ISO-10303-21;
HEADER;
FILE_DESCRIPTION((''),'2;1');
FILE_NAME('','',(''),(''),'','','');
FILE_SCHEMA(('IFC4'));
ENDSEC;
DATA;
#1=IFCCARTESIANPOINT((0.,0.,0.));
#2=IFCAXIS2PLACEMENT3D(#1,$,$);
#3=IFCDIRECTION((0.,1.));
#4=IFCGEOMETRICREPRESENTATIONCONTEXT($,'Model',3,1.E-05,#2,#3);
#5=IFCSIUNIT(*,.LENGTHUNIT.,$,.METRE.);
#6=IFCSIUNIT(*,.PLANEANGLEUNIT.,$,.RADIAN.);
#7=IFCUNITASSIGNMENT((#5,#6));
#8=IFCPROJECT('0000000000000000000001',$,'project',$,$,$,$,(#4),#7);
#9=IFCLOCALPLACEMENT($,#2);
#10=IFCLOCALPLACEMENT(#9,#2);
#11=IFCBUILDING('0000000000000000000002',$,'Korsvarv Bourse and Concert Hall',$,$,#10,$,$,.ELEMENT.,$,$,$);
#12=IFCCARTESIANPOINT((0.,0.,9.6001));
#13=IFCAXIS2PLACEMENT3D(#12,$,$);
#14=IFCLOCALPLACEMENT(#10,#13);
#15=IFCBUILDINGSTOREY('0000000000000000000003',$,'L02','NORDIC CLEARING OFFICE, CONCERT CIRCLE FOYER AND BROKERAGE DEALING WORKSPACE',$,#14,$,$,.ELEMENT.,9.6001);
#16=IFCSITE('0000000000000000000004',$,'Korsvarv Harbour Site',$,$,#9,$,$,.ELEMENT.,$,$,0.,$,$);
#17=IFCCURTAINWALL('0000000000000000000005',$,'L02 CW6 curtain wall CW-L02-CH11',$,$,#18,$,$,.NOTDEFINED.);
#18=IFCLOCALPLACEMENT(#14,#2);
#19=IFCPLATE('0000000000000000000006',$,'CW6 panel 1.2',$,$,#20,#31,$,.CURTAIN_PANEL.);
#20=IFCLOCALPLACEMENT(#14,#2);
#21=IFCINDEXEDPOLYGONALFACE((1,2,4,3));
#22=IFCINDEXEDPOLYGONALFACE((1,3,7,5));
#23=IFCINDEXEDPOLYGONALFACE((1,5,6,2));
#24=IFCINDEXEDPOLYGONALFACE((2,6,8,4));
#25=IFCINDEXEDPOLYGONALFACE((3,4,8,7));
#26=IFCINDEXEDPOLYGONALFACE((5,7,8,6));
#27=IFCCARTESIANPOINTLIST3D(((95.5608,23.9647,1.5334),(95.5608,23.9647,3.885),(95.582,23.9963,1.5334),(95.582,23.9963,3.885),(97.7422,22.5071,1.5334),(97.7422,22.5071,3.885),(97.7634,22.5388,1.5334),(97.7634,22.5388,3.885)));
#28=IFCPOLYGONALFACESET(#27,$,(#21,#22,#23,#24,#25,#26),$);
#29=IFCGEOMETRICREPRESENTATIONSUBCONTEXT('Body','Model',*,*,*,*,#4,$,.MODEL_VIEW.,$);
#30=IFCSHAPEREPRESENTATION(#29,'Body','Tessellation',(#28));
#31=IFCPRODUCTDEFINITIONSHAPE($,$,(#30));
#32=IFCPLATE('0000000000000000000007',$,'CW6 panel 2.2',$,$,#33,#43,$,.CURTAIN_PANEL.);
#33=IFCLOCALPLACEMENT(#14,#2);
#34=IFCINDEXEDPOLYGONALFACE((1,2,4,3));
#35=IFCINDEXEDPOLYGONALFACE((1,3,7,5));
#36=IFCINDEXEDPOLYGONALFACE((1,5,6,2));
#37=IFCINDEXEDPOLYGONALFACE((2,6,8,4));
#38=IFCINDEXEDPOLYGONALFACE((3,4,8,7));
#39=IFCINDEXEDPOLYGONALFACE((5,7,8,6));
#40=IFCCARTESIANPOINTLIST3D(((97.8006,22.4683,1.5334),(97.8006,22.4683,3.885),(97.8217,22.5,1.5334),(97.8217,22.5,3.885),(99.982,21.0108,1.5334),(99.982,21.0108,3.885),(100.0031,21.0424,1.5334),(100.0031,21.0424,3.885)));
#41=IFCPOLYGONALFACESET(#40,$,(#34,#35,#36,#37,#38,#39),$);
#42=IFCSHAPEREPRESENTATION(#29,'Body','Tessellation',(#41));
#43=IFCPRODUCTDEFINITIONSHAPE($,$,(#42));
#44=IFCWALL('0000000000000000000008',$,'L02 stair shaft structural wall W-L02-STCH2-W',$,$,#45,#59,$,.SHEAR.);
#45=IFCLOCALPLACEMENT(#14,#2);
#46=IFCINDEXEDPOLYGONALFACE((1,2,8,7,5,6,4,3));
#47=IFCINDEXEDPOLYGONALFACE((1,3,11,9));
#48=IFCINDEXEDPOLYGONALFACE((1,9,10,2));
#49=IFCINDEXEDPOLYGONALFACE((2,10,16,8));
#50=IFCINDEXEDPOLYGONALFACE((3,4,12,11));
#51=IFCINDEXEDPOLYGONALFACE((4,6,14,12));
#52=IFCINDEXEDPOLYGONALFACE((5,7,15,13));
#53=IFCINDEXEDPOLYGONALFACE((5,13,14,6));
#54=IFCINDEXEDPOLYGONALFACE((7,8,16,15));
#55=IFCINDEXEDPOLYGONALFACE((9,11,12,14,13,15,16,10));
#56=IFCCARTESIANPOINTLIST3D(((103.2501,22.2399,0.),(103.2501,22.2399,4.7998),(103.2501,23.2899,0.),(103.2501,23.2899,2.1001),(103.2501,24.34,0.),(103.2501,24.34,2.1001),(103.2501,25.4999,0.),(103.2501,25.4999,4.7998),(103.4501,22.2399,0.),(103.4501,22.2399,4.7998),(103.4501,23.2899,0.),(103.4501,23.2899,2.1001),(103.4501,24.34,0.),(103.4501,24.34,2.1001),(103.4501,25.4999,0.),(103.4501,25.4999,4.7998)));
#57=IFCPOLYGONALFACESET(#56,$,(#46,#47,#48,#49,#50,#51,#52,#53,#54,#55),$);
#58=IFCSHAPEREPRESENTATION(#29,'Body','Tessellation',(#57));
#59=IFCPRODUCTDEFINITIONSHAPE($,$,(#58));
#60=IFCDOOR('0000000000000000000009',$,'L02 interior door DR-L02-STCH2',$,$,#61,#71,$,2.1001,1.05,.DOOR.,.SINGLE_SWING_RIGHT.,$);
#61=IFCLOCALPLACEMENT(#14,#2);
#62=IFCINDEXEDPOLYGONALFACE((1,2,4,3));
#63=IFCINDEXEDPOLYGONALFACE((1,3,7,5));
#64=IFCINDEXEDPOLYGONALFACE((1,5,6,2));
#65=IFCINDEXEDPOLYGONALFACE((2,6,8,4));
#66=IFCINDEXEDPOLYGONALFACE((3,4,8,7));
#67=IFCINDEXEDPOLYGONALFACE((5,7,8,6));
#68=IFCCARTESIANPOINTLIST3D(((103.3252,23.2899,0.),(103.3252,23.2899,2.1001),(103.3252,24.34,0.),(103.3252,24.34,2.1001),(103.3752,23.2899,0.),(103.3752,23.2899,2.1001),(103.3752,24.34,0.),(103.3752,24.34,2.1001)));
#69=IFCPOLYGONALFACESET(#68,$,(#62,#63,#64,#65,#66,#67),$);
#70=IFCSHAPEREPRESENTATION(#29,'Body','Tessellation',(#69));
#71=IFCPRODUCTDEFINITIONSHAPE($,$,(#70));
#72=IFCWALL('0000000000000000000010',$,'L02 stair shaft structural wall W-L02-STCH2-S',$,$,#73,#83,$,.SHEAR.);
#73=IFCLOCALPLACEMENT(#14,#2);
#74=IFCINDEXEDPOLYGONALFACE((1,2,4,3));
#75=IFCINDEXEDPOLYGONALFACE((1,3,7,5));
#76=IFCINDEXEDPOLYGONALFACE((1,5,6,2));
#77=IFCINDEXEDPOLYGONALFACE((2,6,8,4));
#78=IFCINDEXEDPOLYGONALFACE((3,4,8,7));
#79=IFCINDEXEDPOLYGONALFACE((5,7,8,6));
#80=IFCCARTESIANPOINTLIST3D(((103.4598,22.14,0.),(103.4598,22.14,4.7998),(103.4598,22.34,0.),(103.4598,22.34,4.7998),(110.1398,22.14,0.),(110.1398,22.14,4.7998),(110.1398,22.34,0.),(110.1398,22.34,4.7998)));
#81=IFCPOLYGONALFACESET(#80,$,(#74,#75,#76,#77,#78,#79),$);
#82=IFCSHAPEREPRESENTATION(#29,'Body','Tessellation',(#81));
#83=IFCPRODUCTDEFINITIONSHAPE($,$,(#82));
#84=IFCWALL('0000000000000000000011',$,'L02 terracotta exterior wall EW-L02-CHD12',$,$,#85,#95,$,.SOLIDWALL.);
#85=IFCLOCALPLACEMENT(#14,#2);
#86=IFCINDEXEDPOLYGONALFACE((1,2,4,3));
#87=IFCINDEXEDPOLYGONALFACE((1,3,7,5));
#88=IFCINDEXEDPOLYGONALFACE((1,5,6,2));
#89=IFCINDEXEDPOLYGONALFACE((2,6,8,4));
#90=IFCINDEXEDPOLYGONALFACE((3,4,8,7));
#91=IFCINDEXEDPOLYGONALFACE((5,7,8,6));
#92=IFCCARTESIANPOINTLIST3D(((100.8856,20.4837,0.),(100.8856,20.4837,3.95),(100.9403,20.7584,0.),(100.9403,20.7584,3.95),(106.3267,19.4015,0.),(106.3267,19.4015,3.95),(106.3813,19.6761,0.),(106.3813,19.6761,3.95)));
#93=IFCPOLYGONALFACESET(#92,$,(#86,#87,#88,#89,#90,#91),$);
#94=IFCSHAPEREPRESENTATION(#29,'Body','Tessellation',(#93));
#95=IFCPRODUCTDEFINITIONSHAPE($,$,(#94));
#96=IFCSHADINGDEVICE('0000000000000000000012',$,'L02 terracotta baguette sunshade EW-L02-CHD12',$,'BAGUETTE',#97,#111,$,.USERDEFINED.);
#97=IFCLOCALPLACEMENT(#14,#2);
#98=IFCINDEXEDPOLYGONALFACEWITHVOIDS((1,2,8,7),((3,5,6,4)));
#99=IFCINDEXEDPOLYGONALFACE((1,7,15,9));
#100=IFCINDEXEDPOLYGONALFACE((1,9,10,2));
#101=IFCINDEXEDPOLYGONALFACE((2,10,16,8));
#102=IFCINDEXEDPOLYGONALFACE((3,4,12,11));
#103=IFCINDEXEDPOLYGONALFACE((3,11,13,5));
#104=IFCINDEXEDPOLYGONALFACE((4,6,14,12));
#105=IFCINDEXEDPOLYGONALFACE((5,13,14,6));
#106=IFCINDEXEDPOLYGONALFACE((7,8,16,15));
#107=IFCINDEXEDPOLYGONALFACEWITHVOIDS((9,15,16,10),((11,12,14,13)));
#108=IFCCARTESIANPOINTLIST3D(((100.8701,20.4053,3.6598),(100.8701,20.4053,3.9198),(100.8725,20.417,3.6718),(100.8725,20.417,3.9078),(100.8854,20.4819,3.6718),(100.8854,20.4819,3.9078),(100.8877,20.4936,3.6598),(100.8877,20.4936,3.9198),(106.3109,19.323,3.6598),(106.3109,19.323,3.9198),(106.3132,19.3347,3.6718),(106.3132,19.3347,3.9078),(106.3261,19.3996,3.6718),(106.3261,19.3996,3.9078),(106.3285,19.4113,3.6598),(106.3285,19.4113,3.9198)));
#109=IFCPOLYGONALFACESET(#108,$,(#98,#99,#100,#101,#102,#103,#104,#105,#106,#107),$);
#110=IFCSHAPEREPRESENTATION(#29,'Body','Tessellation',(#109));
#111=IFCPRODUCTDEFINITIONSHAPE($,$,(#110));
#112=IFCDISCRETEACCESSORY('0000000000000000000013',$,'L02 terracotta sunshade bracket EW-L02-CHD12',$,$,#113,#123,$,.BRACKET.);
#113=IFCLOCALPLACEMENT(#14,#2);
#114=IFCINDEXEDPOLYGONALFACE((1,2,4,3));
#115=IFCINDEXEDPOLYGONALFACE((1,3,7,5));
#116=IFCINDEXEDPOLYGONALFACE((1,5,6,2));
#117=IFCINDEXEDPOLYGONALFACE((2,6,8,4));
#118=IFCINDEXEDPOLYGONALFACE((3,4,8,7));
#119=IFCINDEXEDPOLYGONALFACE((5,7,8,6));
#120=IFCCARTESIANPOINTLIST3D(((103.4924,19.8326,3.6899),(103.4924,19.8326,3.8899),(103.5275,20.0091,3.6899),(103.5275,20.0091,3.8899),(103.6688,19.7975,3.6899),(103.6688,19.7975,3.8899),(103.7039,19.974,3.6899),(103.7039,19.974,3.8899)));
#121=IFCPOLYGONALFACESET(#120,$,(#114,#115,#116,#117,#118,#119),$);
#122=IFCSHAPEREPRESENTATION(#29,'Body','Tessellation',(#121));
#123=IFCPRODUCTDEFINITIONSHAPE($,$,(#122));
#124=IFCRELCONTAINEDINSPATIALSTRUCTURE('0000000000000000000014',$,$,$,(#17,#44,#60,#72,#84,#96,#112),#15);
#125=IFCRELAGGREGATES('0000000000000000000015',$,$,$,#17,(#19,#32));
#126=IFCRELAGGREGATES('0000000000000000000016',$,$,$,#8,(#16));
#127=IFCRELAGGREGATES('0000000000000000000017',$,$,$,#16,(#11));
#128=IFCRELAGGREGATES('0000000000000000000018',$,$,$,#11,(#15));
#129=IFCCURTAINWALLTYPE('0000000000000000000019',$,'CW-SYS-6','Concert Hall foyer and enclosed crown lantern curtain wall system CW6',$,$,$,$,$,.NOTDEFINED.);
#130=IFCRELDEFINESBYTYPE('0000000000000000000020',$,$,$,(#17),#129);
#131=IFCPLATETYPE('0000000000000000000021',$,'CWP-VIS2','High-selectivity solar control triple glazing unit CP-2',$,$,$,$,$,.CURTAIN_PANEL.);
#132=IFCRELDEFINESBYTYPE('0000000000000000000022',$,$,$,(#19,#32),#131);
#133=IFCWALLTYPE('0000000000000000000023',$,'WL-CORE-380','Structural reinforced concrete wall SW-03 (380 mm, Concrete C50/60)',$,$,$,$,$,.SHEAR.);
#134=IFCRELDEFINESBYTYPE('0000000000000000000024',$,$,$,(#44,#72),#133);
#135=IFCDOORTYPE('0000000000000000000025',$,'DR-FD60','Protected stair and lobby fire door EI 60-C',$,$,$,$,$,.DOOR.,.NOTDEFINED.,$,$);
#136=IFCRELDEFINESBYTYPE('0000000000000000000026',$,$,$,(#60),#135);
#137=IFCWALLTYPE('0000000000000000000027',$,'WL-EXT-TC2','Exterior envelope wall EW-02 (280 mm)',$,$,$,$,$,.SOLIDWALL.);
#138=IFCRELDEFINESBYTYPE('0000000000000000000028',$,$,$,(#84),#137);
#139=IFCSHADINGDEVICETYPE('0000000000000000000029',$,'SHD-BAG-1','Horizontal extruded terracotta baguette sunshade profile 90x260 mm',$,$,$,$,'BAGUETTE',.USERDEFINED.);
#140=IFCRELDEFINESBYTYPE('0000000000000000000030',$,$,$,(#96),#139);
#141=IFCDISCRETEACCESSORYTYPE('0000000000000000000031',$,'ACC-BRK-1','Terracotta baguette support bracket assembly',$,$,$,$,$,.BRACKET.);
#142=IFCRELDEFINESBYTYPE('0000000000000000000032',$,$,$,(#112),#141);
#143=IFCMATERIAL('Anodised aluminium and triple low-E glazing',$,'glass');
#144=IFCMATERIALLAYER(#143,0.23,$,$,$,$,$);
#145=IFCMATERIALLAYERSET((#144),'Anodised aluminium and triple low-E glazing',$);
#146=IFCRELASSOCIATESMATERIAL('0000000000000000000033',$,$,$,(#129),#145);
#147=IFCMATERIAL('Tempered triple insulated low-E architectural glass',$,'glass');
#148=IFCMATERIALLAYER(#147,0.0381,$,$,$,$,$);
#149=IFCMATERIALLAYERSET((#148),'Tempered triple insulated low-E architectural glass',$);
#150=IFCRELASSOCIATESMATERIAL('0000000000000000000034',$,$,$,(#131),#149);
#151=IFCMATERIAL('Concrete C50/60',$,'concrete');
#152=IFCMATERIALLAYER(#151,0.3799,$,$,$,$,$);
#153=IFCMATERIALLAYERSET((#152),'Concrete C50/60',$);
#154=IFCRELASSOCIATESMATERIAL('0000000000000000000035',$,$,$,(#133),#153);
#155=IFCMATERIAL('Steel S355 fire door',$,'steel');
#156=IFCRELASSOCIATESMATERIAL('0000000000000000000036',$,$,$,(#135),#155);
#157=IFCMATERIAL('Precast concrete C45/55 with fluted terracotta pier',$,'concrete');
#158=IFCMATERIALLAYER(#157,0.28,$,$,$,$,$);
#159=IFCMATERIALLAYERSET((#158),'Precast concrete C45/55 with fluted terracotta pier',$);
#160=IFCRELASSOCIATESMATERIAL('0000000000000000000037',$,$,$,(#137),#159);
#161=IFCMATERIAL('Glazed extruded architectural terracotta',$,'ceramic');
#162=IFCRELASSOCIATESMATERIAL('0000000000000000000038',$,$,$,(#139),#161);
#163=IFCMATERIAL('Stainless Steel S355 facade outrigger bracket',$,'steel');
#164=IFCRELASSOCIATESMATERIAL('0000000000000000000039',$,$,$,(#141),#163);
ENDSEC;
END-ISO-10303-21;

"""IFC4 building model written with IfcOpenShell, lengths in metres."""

from ifc_helpers import new_model, si_unit, direction, frame, frame_2d, origin, origin_2d, place, context, subcontext, project, spatial, rectangle, hollow_rectangle, extrude, source, transform, mapped, material, layer, layer_set, material_profile, profile_set, type_object, element, fill, aggregate, save


model = new_model("IFC4")

# Units and contexts
model_context = context("Model", 3, precision=1e-05, world=origin(), true_north=direction((0.0, 1.0)))
body_context = subcontext(model_context, "Body", "Model", "MODEL_VIEW")
ifc_project = project(units=[si_unit("LENGTHUNIT", "METRE"), si_unit("PLANEANGLEUNIT", "RADIAN")], contexts=[model_context])

# Site, building, storey
site_placement = place(None, origin())
site = spatial("IfcSite", under=ifc_project, at=site_placement, Name="Korsvarv Harbour Site", CompositionType="ELEMENT", RefElevation=0.0)
building_placement = place(site_placement, origin())
building = spatial("IfcBuilding", under=site, at=building_placement, Name="Korsvarv Bourse and Concert Hall", CompositionType="ELEMENT")
storey_placement = place(building_placement, frame((0.0, 0.0, 9.6001)))
storey = spatial("IfcBuildingStorey", under=building, at=storey_placement, Name="L02", Description="NORDIC CLEARING OFFICE, CONCERT CIRCLE FOYER AND BROKERAGE DEALING WORKSPACE", CompositionType="ELEMENT", Elevation=9.6001)

# Shared definitions
ifc_material_1 = material(Name="Concrete C50/60", Category="concrete")

# Curtain wall, plates
ifc_material_2 = material(Name="Anodised aluminium and triple low-E glazing", Category="glass")
ifc_layer_1 = layer(ifc_material_2, 0.23)
ifc_layer_set_1 = layer_set([ifc_layer_1], Name="Anodised aluminium and triple low-E glazing")
curtain_wall_type = type_object("IfcCurtainWallType", Name="CW-SYS-6", Description="Concert Hall foyer and enclosed crown lantern curtain wall system CW6", PredefinedType="NOTDEFINED", material=ifc_layer_set_1)
curtain_wall_placement = place(storey_placement, origin())
curtain_wall = element("IfcCurtainWall", 1, at=curtain_wall_placement, inside=storey, type_object=curtain_wall_type, Name="L02 CW6 curtain wall CW-L02-CH11", PredefinedType="NOTDEFINED")
ifc_material_3 = material(Name="Tempered triple insulated low-E architectural glass", Category="glass")
ifc_layer_2 = layer(ifc_material_3, 0.0381)
ifc_layer_set_2 = layer_set([ifc_layer_2], Name="Tempered triple insulated low-E architectural glass")
plate_type = type_object("IfcPlateType", Name="CWP-VIS2", Description="High-selectivity solar control triple glazing unit CP-2", PredefinedType="CURTAIN_PANEL", material=ifc_layer_set_2)
shared_shape_1 = source(origin(), body_context, "Body", "SweptSolid", [
    extrude(rectangle(XDim=2.6235, YDim=0.0381, at=origin_2d()), origin(), (0.0, 0.0, 1.0), 2.3516),
])
plate_1_placement = place(storey_placement, frame((96.6621, 23.2517, 1.5334), z_axis=(0.0, 0.0, 1.0), x_axis=(0.831469, -0.555571, 0.0)))
plate_1 = element("IfcPlate", 2, at=plate_1_placement, type_object=plate_type, Name="CW6 panel 1.2", PredefinedType="CURTAIN_PANEL", context=body_context, shape_type="MappedRepresentation", body=[
    mapped(shared_shape_1, transform((0.0, 0.0, 0.0), scale=1.0)),
])
plate_2_placement = place(storey_placement, frame((98.9019, 21.7554, 1.5334), z_axis=(0.0, 0.0, 1.0), x_axis=(0.831469, -0.555571, 0.0)))
plate_2 = element("IfcPlate", 3, at=plate_2_placement, type_object=plate_type, Name="CW6 panel 2.2", PredefinedType="CURTAIN_PANEL", context=body_context, shape_type="MappedRepresentation", body=[
    mapped(shared_shape_1, transform((0.0, 0.0, 0.0), scale=1.0)),
])
aggregate(curtain_wall, [plate_1, plate_2])

# Wall, opening, door
ifc_layer_3 = layer(ifc_material_1, 0.3799)
ifc_layer_set_3 = layer_set([ifc_layer_3], Name="Concrete C50/60")
wall_type_1 = type_object("IfcWallType", Name="WL-CORE-380", Description="Structural reinforced concrete wall SW-03 (380 mm, Concrete C50/60)", PredefinedType="SHEAR", material=ifc_layer_set_3)
wall_1_placement = place(storey_placement, frame((103.3501, 22.24, 0.0), z_axis=(0.0, 0.0, 1.0), x_axis=(0.0, 1.0, 0.0)))
wall_1 = element("IfcWall", 4, at=wall_1_placement, inside=storey, type_object=wall_type_1, Name="L02 stair shaft structural wall W-L02-STCH2-W", PredefinedType="SHEAR", context=body_context, shape_type="SweptSolid", body=[
    extrude(rectangle(XDim=3.26, YDim=0.2, at=frame_2d((1.6299, 0.0))), origin(), (0.0, 0.0, 1.0), 4.7998),
])
opening_placement = place(wall_1_placement, frame((1.05, 0.0, 0.0)))
opening = element("IfcOpeningElement", 5, at=opening_placement, cuts=wall_1, PredefinedType="OPENING", context=body_context, shape_type="SweptSolid", body=[
    extrude(rectangle(XDim=1.05, YDim=2.1001, at=frame_2d((0.5249, 1.05))), frame((0.0, 0.1099, 0.0), z_axis=(0.0, -1.0, 0.0), x_axis=(1.0, 0.0, 0.0)), (0.0, 0.0, 1.0), 0.22),
])
ifc_material_4 = material(Name="Steel S355 fire door", Category="steel")
door_type = type_object("IfcDoorType", Name="DR-FD60", Description="Protected stair and lobby fire door EI 60-C", OperationType="NOTDEFINED", PredefinedType="DOOR", material=ifc_material_4)
door_placement = place(opening_placement, origin())
door = element("IfcDoor", 6, at=door_placement, inside=storey, type_object=door_type, Name="L02 interior door DR-L02-STCH2", OperationType="SINGLE_SWING_RIGHT", OverallHeight=2.1001, OverallWidth=1.05, PredefinedType="DOOR", context=body_context, shape_type="SweptSolid", body=[
    extrude(rectangle(XDim=1.05, YDim=2.1001, at=frame_2d((0.5249, 1.05))), frame((0.0, 0.0249, 0.0), z_axis=(0.0, -1.0, 0.0), x_axis=(1.0, 0.0, 0.0)), (0.0, 0.0, 1.0), 0.05),
])
fill(opening, door)

# Walls
wall_2_placement = place(storey_placement, frame((103.46, 22.24, 0.0), z_axis=(0.0, 0.0, 1.0), x_axis=(1.0, 0.0, 0.0)))
element("IfcWall", 7, at=wall_2_placement, inside=storey, type_object=wall_type_1, Name="L02 stair shaft structural wall W-L02-STCH2-S", PredefinedType="SHEAR", context=body_context, shape_type="SweptSolid", body=[
    extrude(rectangle(XDim=6.6799, YDim=0.2, at=frame_2d((3.3398, 0.0))), origin(), (0.0, 0.0, 1.0), 4.7998),
])
ifc_material_5 = material(Name="Precast concrete C45/55 with fluted terracotta pier", Category="concrete")
ifc_layer_4 = layer(ifc_material_5, 0.28)
ifc_layer_set_4 = layer_set([ifc_layer_4], Name="Precast concrete C45/55 with fluted terracotta pier")
wall_type_2 = type_object("IfcWallType", Name="WL-EXT-TC2", Description="Exterior envelope wall EW-02 (280 mm)", PredefinedType="SOLIDWALL", material=ifc_layer_set_4)
wall_3_placement = place(storey_placement, frame((100.9128, 20.6211, 0.0), z_axis=(0.0, 0.0, 1.0), x_axis=(0.980785, -0.195092, 0.0)))
element("IfcWall", 8, at=wall_3_placement, inside=storey, type_object=wall_type_2, Name="L02 terracotta exterior wall EW-L02-CHD12", PredefinedType="SOLIDWALL", context=body_context, shape_type="SweptSolid", body=[
    extrude(rectangle(XDim=5.5476, YDim=0.28, at=frame_2d((2.7739, 0.0))), origin(), (0.0, 0.0, 1.0), 3.95),
])

# Shading device
ifc_material_6 = material(Name="Glazed extruded architectural terracotta", Category="ceramic")
ifc_material_profile_1 = material_profile(ifc_material_6, hollow_rectangle(XDim=0.0901, YDim=0.26, WallThickness=0.012, at=origin_2d()), Name="TC-BAG 90x260")
ifc_profile_set_1 = profile_set([ifc_material_profile_1], Name="Glazed extruded architectural terracotta")
shading_device_type = type_object("IfcShadingDeviceType", Name="SHD-BAG-1", Description="Horizontal extruded terracotta baguette sunshade profile 90x260 mm", ElementType="BAGUETTE", PredefinedType="USERDEFINED", material=ifc_profile_set_1)
shared_shape_2 = source(origin(), body_context, "Body", "SweptSolid", [
    extrude(hollow_rectangle(XDim=0.0901, YDim=0.26, WallThickness=0.012, at=origin_2d()), origin(), (0.0, 0.0, 1.0), 5.5474),
])
shading_device_placement = place(storey_placement, frame((100.8789, 20.4495, 3.7898), z_axis=(0.980783, -0.1951, 0.0), x_axis=(0.1951, 0.980783, 0.0)))
element("IfcShadingDevice", 9, at=shading_device_placement, inside=storey, type_object=shading_device_type, Name="L02 terracotta baguette sunshade EW-L02-CHD12", ObjectType="BAGUETTE", PredefinedType="USERDEFINED", context=body_context, shape_type="MappedRepresentation", body=[
    mapped(shared_shape_2, transform((0.0, 0.0, 0.0), scale=1.0)),
])

# Discrete accessory
ifc_material_7 = material(Name="Stainless Steel S355 facade outrigger bracket", Category="steel")
discrete_accessory_type = type_object("IfcDiscreteAccessoryType", Name="ACC-BRK-1", Description="Terracotta baguette support bracket assembly", PredefinedType="BRACKET", material=ifc_material_7)
shared_shape_3 = source(origin(), body_context, "Body", "SweptSolid", [
    extrude(rectangle(XDim=0.1799, YDim=0.1799, at=origin_2d()), origin(), (0.0, 0.0, 1.0), 0.2),
])
discrete_accessory_placement = place(storey_placement, frame((103.5981, 19.9033, 3.6899), z_axis=(0.0, 0.0, 1.0), x_axis=(0.980785, -0.19509, 0.0)))
element("IfcDiscreteAccessory", 10, at=discrete_accessory_placement, inside=storey, type_object=discrete_accessory_type, Name="L02 terracotta sunshade bracket EW-L02-CHD12", PredefinedType="BRACKET", context=body_context, shape_type="MappedRepresentation", body=[
    mapped(shared_shape_3, transform((0.0, 0.0, 0.0), scale=1.0)),
])

save(model, "model.ifc")
